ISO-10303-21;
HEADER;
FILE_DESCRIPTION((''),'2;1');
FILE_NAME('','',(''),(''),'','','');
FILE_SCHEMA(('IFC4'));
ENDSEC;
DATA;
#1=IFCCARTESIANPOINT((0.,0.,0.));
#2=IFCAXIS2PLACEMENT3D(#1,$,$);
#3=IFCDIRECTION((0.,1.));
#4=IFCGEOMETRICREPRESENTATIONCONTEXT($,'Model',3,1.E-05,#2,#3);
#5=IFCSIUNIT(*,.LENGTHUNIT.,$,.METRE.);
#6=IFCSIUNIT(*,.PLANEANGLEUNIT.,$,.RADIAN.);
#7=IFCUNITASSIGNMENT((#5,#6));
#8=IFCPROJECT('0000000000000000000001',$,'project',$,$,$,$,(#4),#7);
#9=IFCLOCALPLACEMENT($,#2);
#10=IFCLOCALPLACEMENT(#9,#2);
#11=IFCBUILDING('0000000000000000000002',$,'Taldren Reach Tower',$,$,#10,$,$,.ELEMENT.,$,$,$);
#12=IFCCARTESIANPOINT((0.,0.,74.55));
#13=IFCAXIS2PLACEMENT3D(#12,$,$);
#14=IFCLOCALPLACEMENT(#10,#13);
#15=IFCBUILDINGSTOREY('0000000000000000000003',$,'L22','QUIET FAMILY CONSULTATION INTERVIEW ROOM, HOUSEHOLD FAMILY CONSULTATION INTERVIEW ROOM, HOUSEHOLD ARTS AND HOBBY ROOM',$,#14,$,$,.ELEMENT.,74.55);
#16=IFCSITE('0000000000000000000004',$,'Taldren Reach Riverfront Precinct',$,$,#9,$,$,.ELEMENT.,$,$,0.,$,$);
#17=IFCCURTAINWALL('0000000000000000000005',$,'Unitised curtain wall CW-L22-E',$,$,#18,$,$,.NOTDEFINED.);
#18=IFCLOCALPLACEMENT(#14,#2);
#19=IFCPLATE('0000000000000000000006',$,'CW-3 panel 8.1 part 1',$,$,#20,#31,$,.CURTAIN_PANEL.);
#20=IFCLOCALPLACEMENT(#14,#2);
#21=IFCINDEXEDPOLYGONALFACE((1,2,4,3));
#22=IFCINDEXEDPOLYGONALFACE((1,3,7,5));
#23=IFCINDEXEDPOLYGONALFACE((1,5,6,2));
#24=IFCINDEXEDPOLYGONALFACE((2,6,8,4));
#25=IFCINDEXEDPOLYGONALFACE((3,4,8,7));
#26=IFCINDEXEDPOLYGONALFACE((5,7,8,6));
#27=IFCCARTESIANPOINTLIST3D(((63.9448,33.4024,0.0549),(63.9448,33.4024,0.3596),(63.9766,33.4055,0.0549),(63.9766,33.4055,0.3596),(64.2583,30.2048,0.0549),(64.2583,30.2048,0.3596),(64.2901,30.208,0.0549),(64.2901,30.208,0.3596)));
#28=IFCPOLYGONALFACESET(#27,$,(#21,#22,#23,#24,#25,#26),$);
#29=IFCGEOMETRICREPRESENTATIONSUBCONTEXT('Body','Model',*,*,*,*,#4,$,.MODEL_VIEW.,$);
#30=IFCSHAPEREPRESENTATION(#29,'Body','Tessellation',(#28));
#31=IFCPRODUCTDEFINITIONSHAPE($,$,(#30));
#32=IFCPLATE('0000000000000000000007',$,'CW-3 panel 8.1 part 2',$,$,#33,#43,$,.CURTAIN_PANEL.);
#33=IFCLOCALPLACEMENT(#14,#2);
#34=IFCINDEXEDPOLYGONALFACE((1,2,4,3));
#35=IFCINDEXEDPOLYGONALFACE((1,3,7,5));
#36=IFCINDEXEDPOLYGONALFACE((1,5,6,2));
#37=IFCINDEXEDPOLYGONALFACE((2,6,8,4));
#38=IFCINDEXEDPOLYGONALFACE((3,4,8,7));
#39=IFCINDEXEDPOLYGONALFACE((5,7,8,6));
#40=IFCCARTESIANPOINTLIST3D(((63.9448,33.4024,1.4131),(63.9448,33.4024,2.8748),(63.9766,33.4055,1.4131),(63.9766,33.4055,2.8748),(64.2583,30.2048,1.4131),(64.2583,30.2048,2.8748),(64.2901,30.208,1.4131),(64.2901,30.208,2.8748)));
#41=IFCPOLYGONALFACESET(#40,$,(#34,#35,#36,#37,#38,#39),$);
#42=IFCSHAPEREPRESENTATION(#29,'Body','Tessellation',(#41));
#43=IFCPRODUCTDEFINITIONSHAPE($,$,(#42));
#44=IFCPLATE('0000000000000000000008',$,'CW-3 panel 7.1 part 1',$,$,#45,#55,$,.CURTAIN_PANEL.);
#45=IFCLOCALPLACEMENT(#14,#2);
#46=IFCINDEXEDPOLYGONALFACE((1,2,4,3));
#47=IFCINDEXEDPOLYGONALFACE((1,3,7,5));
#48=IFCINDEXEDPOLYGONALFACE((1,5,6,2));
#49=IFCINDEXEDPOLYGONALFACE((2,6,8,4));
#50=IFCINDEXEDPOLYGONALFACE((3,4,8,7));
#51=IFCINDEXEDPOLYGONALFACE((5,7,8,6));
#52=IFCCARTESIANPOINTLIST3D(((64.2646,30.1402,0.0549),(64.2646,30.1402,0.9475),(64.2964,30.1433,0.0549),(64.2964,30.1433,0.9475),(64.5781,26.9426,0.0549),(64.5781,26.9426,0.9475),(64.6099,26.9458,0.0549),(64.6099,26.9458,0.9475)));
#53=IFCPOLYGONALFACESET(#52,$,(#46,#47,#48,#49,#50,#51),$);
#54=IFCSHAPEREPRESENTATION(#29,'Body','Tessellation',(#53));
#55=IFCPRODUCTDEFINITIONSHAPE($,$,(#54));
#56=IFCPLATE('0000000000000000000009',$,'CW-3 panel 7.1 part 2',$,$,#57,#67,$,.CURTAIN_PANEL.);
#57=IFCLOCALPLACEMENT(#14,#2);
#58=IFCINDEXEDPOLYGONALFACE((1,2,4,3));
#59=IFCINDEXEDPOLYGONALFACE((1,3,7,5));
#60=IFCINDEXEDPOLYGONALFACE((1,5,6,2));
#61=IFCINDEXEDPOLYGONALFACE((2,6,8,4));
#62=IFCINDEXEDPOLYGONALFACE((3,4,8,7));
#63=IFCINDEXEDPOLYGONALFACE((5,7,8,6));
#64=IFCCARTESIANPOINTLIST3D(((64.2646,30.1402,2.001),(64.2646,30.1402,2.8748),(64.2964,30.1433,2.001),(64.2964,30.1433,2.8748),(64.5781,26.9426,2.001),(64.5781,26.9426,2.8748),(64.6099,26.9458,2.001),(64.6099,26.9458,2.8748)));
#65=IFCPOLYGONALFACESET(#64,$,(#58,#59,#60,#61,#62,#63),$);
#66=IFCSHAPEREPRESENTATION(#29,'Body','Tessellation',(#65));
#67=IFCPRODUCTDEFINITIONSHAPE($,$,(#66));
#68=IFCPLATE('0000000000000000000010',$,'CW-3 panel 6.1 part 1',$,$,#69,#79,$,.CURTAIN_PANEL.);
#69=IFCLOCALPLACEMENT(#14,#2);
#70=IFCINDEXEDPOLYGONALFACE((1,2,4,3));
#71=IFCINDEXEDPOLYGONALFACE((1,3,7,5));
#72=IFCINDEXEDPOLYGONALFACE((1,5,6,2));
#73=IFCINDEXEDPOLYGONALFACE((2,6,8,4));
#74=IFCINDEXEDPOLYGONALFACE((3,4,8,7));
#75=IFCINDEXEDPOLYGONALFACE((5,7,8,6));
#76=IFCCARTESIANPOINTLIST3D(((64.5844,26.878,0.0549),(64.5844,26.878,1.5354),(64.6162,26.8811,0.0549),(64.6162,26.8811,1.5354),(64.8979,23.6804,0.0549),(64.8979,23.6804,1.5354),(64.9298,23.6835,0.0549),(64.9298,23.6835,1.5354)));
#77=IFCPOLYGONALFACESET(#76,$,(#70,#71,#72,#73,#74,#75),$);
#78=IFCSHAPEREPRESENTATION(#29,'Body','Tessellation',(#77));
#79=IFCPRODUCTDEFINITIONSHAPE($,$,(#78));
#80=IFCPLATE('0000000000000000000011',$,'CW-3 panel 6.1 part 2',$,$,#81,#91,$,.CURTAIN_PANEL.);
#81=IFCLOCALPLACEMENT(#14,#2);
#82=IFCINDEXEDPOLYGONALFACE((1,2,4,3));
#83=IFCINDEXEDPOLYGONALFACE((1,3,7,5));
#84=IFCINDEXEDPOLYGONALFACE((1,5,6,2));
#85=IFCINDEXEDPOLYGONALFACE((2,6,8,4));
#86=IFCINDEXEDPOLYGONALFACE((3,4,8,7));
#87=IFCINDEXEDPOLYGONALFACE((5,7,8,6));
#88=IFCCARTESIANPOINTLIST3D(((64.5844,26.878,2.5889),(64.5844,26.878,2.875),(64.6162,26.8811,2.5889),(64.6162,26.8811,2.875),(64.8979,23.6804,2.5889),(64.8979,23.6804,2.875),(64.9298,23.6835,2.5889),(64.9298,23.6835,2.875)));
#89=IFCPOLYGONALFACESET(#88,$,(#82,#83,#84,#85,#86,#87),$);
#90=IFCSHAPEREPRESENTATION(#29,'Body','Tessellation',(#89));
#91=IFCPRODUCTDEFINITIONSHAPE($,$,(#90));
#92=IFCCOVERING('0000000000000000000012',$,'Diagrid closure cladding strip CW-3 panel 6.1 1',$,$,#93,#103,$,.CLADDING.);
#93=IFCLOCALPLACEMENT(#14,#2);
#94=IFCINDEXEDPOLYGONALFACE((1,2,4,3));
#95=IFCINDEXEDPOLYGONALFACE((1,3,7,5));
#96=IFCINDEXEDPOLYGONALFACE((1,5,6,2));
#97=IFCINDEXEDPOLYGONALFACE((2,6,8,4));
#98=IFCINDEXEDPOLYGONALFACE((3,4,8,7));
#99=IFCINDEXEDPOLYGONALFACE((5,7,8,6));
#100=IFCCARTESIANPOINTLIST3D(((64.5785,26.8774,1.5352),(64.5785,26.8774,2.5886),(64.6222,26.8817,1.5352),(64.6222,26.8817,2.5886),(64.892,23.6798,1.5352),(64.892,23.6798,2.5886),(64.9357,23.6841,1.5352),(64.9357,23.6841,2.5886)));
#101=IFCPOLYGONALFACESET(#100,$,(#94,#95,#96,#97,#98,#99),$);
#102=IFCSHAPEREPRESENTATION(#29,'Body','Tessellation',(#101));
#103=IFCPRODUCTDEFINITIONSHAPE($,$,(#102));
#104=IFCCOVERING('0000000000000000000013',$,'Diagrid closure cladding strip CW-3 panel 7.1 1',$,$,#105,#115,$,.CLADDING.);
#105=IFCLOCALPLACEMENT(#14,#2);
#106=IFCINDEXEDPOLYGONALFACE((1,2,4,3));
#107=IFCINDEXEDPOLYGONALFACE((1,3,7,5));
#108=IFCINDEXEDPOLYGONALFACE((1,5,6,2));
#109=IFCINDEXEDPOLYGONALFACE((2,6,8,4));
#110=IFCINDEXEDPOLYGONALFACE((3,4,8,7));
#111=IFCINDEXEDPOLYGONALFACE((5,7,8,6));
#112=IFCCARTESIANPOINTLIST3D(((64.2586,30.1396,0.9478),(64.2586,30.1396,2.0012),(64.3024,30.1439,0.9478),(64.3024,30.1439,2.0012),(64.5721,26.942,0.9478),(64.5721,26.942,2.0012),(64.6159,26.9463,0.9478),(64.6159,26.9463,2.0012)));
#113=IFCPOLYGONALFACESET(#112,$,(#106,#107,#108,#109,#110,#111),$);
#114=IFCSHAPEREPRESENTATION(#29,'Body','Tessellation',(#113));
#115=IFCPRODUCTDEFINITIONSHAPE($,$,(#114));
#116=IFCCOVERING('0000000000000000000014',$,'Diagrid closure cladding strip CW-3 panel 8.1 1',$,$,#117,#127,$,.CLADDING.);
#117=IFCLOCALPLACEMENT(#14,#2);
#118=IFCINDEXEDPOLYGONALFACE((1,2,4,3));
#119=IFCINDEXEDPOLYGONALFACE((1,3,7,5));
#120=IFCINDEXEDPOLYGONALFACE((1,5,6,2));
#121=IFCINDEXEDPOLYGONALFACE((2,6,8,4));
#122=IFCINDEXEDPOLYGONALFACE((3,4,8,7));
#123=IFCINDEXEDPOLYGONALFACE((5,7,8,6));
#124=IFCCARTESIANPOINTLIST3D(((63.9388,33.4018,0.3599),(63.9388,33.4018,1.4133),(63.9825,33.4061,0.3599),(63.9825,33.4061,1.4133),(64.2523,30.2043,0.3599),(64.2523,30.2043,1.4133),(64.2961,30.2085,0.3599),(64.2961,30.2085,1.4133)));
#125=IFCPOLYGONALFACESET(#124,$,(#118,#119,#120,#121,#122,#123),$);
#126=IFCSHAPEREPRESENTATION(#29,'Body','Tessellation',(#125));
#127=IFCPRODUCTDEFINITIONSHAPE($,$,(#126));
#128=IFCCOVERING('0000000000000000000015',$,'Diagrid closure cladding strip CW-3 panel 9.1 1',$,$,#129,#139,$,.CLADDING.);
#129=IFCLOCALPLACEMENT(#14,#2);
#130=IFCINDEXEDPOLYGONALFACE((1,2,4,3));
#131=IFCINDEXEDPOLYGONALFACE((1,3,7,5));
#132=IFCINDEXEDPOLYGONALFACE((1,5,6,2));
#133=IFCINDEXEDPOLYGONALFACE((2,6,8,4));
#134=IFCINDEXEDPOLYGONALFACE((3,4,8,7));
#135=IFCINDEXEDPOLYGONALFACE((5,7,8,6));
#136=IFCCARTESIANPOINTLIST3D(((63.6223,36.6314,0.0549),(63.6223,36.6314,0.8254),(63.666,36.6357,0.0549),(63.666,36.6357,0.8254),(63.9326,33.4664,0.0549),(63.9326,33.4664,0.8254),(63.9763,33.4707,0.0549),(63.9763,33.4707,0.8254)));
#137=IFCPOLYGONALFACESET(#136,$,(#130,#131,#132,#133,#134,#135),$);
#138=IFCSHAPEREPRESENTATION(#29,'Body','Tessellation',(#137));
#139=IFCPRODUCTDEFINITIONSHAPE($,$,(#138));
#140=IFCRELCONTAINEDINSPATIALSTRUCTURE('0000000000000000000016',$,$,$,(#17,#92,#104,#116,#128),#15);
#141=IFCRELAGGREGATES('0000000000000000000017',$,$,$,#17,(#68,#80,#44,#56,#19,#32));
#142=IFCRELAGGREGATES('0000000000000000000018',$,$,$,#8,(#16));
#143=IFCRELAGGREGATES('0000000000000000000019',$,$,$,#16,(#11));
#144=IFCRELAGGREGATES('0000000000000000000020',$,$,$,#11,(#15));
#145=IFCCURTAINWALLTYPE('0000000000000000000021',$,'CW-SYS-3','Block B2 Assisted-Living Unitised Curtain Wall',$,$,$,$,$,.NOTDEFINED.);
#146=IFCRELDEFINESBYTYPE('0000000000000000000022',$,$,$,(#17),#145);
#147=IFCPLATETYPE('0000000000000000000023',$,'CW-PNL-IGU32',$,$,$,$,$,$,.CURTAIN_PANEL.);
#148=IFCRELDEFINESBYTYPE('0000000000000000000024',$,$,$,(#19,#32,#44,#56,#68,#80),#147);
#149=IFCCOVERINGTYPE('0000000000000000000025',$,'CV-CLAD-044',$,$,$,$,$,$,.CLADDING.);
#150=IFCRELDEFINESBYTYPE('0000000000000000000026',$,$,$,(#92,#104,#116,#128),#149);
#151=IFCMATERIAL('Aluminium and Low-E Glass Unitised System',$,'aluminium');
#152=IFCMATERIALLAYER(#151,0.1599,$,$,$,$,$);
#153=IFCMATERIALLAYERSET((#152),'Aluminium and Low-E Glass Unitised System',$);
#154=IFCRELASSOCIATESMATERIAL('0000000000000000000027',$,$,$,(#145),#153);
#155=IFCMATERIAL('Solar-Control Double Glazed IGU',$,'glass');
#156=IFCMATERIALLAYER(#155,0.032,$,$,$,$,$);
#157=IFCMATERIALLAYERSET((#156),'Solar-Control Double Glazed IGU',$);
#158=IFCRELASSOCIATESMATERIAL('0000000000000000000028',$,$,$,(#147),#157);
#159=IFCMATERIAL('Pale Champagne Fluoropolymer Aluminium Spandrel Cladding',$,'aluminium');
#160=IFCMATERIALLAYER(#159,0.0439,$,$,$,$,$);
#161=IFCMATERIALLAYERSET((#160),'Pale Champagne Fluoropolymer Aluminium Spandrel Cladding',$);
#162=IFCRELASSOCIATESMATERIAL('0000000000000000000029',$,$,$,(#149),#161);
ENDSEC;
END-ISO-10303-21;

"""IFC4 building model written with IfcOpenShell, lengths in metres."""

from ifc_helpers import new_model, si_unit, direction, frame, origin, origin_2d, place, context, subcontext, project, spatial, rectangle, extrude, source, transform, mapped, material, layer, layer_set, type_object, element, aggregate, save


model = new_model("IFC4")

# Units and contexts
model_context = context("Model", 3, precision=1e-05, world=origin(), true_north=direction((0.0, 1.0)))
body_context = subcontext(model_context, "Body", "Model", "MODEL_VIEW")
ifc_project = project(units=[si_unit("LENGTHUNIT", "METRE"), si_unit("PLANEANGLEUNIT", "RADIAN")], contexts=[model_context])

# Site, building, storey
site_placement = place(None, origin())
site = spatial("IfcSite", under=ifc_project, at=site_placement, Name="Taldren Reach Riverfront Precinct", CompositionType="ELEMENT", RefElevation=0.0)
building_placement = place(site_placement, origin())
building = spatial("IfcBuilding", under=site, at=building_placement, Name="Taldren Reach Tower", CompositionType="ELEMENT")
storey_placement = place(building_placement, frame((0.0, 0.0, 74.55)))
storey = spatial("IfcBuildingStorey", under=building, at=storey_placement, Name="L22", Description="QUIET FAMILY CONSULTATION INTERVIEW ROOM, HOUSEHOLD FAMILY CONSULTATION INTERVIEW ROOM, HOUSEHOLD ARTS AND HOBBY ROOM", CompositionType="ELEMENT", Elevation=74.55)

# Curtain wall, plates
ifc_material_1 = material(Name="Aluminium and Low-E Glass Unitised System", Category="aluminium")
ifc_layer_1 = layer(ifc_material_1, 0.1599)
ifc_layer_set_1 = layer_set([ifc_layer_1], Name="Aluminium and Low-E Glass Unitised System")
curtain_wall_type = type_object("IfcCurtainWallType", Name="CW-SYS-3", Description="Block B2 Assisted-Living Unitised Curtain Wall", PredefinedType="NOTDEFINED", material=ifc_layer_set_1)
curtain_wall_placement = place(storey_placement, origin())
curtain_wall = element("IfcCurtainWall", 1, at=curtain_wall_placement, inside=storey, type_object=curtain_wall_type, Name="Unitised curtain wall CW-L22-E", PredefinedType="NOTDEFINED")
ifc_material_2 = material(Name="Solar-Control Double Glazed IGU", Category="glass")
ifc_layer_2 = layer(ifc_material_2, 0.032)
ifc_layer_set_2 = layer_set([ifc_layer_2], Name="Solar-Control Double Glazed IGU")
plate_type = type_object("IfcPlateType", Name="CW-PNL-IGU32", PredefinedType="CURTAIN_PANEL", material=ifc_layer_set_2)
shared_shape_1 = source(origin(), body_context, "Body", "SweptSolid", [
    extrude(rectangle(XDim=3.2129, YDim=0.032, at=origin_2d()), origin(), (0.0, 0.0, 1.0), 0.3047),
])
plate_1_placement = place(storey_placement, frame((64.1174, 31.8052, 0.0549), z_axis=(0.0, 0.0, 1.0), x_axis=(-0.097583, 0.995227, 0.0)))
plate_1 = element("IfcPlate", 2, at=plate_1_placement, type_object=plate_type, Name="CW-3 panel 8.1 part 1", PredefinedType="CURTAIN_PANEL", context=body_context, shape_type="MappedRepresentation", body=[
    mapped(shared_shape_1, transform((0.0, 0.0, 0.0), scale=1.0)),
])
shared_shape_2 = source(origin(), body_context, "Body", "SweptSolid", [
    extrude(rectangle(XDim=3.2129, YDim=0.032, at=origin_2d()), origin(), (0.0, 0.0, 1.0), 1.4617),
])
plate_2_placement = place(storey_placement, frame((64.1174, 31.8052, 1.4131), z_axis=(0.0, 0.0, 1.0), x_axis=(-0.097583, 0.995227, 0.0)))
plate_2 = element("IfcPlate", 3, at=plate_2_placement, type_object=plate_type, Name="CW-3 panel 8.1 part 2", PredefinedType="CURTAIN_PANEL", context=body_context, shape_type="MappedRepresentation", body=[
    mapped(shared_shape_2, transform((0.0, 0.0, 0.0), scale=1.0)),
])
shared_shape_3 = source(origin(), body_context, "Body", "SweptSolid", [
    extrude(rectangle(XDim=3.2129, YDim=0.032, at=origin_2d()), origin(), (0.0, 0.0, 1.0), 0.8926),
])
plate_3_placement = place(storey_placement, frame((64.4373, 28.543, 0.0549), z_axis=(0.0, 0.0, 1.0), x_axis=(-0.097583, 0.995227, 0.0)))
plate_3 = element("IfcPlate", 4, at=plate_3_placement, type_object=plate_type, Name="CW-3 panel 7.1 part 1", PredefinedType="CURTAIN_PANEL", context=body_context, shape_type="MappedRepresentation", body=[
    mapped(shared_shape_3, transform((0.0, 0.0, 0.0), scale=1.0)),
])
shared_shape_4 = source(origin(), body_context, "Body", "SweptSolid", [
    extrude(rectangle(XDim=3.2129, YDim=0.032, at=origin_2d()), origin(), (0.0, 0.0, 1.0), 0.8738),
])
plate_4_placement = place(storey_placement, frame((64.4373, 28.543, 2.001), z_axis=(0.0, 0.0, 1.0), x_axis=(-0.097583, 0.995227, 0.0)))
plate_4 = element("IfcPlate", 5, at=plate_4_placement, type_object=plate_type, Name="CW-3 panel 7.1 part 2", PredefinedType="CURTAIN_PANEL", context=body_context, shape_type="MappedRepresentation", body=[
    mapped(shared_shape_4, transform((0.0, 0.0, 0.0), scale=1.0)),
])
shared_shape_5 = source(origin(), body_context, "Body", "SweptSolid", [
    extrude(rectangle(XDim=3.2129, YDim=0.032, at=origin_2d()), origin(), (0.0, 0.0, 1.0), 1.4805),
])
plate_5_placement = place(storey_placement, frame((64.7571, 25.2808, 0.0549), z_axis=(0.0, 0.0, 1.0), x_axis=(-0.097583, 0.995227, 0.0)))
plate_5 = element("IfcPlate", 6, at=plate_5_placement, type_object=plate_type, Name="CW-3 panel 6.1 part 1", PredefinedType="CURTAIN_PANEL", context=body_context, shape_type="MappedRepresentation", body=[
    mapped(shared_shape_5, transform((0.0, 0.0, 0.0), scale=1.0)),
])
shared_shape_6 = source(origin(), body_context, "Body", "SweptSolid", [
    extrude(rectangle(XDim=3.2129, YDim=0.032, at=origin_2d()), origin(), (0.0, 0.0, 1.0), 0.2861),
])
plate_6_placement = place(storey_placement, frame((64.7571, 25.2808, 2.5889), z_axis=(0.0, 0.0, 1.0), x_axis=(-0.097583, 0.995227, 0.0)))
plate_6 = element("IfcPlate", 7, at=plate_6_placement, type_object=plate_type, Name="CW-3 panel 6.1 part 2", PredefinedType="CURTAIN_PANEL", context=body_context, shape_type="MappedRepresentation", body=[
    mapped(shared_shape_6, transform((0.0, 0.0, 0.0), scale=1.0)),
])
aggregate(curtain_wall, [plate_5, plate_6, plate_3, plate_4, plate_1, plate_2])

# Coverings
ifc_material_3 = material(Name="Pale Champagne Fluoropolymer Aluminium Spandrel Cladding", Category="aluminium")
ifc_layer_3 = layer(ifc_material_3, 0.0439)
ifc_layer_set_3 = layer_set([ifc_layer_3], Name="Pale Champagne Fluoropolymer Aluminium Spandrel Cladding")
covering_type = type_object("IfcCoveringType", Name="CV-CLAD-044", PredefinedType="CLADDING", material=ifc_layer_set_3)
shared_shape_7 = source(origin(), body_context, "Body", "SweptSolid", [
    extrude(rectangle(XDim=3.2129, YDim=0.0439, at=origin_2d()), origin(), (0.0, 0.0, 1.0), 1.0535),
])
for number, where, z_axis, x_axis, name in (
    (8, (64.7571, 25.2808, 1.5352), (0.0, 0.0, 1.0), (-0.097583, 0.995227, 0.0), "Diagrid closure cladding strip CW-3 panel 6.1 1"),
    (9, (64.4373, 28.543, 0.9478), (0.0, 0.0, 1.0), (-0.097583, 0.995227, 0.0), "Diagrid closure cladding strip CW-3 panel 7.1 1"),
    (10, (64.1174, 31.8052, 0.3599), (0.0, 0.0, 1.0), (-0.097583, 0.995227, 0.0), "Diagrid closure cladding strip CW-3 panel 8.1 1"),
):
    element("IfcCovering", number, at=place(storey_placement, frame(where, z_axis=z_axis, x_axis=x_axis)), inside=storey, type_object=covering_type, Name=name, PredefinedType="CLADDING", context=body_context, shape_type="MappedRepresentation", body=[
        mapped(shared_shape_7, transform((0.0, 0.0, 0.0), scale=1.0)),
    ])
shared_shape_8 = source(origin(), body_context, "Body", "SweptSolid", [
    extrude(rectangle(XDim=3.1802, YDim=0.0439, at=origin_2d()), origin(), (0.0, 0.0, 1.0), 0.7705),
])
covering_placement = place(storey_placement, frame((63.7993, 35.051, 0.0549), z_axis=(0.0, 0.0, 1.0), x_axis=(-0.097583, 0.995227, 0.0)))
element("IfcCovering", 11, at=covering_placement, inside=storey, type_object=covering_type, Name="Diagrid closure cladding strip CW-3 panel 9.1 1", PredefinedType="CLADDING", context=body_context, shape_type="MappedRepresentation", body=[
    mapped(shared_shape_8, transform((0.0, 0.0, 0.0), scale=1.0)),
])

save(model, "model.ifc")
